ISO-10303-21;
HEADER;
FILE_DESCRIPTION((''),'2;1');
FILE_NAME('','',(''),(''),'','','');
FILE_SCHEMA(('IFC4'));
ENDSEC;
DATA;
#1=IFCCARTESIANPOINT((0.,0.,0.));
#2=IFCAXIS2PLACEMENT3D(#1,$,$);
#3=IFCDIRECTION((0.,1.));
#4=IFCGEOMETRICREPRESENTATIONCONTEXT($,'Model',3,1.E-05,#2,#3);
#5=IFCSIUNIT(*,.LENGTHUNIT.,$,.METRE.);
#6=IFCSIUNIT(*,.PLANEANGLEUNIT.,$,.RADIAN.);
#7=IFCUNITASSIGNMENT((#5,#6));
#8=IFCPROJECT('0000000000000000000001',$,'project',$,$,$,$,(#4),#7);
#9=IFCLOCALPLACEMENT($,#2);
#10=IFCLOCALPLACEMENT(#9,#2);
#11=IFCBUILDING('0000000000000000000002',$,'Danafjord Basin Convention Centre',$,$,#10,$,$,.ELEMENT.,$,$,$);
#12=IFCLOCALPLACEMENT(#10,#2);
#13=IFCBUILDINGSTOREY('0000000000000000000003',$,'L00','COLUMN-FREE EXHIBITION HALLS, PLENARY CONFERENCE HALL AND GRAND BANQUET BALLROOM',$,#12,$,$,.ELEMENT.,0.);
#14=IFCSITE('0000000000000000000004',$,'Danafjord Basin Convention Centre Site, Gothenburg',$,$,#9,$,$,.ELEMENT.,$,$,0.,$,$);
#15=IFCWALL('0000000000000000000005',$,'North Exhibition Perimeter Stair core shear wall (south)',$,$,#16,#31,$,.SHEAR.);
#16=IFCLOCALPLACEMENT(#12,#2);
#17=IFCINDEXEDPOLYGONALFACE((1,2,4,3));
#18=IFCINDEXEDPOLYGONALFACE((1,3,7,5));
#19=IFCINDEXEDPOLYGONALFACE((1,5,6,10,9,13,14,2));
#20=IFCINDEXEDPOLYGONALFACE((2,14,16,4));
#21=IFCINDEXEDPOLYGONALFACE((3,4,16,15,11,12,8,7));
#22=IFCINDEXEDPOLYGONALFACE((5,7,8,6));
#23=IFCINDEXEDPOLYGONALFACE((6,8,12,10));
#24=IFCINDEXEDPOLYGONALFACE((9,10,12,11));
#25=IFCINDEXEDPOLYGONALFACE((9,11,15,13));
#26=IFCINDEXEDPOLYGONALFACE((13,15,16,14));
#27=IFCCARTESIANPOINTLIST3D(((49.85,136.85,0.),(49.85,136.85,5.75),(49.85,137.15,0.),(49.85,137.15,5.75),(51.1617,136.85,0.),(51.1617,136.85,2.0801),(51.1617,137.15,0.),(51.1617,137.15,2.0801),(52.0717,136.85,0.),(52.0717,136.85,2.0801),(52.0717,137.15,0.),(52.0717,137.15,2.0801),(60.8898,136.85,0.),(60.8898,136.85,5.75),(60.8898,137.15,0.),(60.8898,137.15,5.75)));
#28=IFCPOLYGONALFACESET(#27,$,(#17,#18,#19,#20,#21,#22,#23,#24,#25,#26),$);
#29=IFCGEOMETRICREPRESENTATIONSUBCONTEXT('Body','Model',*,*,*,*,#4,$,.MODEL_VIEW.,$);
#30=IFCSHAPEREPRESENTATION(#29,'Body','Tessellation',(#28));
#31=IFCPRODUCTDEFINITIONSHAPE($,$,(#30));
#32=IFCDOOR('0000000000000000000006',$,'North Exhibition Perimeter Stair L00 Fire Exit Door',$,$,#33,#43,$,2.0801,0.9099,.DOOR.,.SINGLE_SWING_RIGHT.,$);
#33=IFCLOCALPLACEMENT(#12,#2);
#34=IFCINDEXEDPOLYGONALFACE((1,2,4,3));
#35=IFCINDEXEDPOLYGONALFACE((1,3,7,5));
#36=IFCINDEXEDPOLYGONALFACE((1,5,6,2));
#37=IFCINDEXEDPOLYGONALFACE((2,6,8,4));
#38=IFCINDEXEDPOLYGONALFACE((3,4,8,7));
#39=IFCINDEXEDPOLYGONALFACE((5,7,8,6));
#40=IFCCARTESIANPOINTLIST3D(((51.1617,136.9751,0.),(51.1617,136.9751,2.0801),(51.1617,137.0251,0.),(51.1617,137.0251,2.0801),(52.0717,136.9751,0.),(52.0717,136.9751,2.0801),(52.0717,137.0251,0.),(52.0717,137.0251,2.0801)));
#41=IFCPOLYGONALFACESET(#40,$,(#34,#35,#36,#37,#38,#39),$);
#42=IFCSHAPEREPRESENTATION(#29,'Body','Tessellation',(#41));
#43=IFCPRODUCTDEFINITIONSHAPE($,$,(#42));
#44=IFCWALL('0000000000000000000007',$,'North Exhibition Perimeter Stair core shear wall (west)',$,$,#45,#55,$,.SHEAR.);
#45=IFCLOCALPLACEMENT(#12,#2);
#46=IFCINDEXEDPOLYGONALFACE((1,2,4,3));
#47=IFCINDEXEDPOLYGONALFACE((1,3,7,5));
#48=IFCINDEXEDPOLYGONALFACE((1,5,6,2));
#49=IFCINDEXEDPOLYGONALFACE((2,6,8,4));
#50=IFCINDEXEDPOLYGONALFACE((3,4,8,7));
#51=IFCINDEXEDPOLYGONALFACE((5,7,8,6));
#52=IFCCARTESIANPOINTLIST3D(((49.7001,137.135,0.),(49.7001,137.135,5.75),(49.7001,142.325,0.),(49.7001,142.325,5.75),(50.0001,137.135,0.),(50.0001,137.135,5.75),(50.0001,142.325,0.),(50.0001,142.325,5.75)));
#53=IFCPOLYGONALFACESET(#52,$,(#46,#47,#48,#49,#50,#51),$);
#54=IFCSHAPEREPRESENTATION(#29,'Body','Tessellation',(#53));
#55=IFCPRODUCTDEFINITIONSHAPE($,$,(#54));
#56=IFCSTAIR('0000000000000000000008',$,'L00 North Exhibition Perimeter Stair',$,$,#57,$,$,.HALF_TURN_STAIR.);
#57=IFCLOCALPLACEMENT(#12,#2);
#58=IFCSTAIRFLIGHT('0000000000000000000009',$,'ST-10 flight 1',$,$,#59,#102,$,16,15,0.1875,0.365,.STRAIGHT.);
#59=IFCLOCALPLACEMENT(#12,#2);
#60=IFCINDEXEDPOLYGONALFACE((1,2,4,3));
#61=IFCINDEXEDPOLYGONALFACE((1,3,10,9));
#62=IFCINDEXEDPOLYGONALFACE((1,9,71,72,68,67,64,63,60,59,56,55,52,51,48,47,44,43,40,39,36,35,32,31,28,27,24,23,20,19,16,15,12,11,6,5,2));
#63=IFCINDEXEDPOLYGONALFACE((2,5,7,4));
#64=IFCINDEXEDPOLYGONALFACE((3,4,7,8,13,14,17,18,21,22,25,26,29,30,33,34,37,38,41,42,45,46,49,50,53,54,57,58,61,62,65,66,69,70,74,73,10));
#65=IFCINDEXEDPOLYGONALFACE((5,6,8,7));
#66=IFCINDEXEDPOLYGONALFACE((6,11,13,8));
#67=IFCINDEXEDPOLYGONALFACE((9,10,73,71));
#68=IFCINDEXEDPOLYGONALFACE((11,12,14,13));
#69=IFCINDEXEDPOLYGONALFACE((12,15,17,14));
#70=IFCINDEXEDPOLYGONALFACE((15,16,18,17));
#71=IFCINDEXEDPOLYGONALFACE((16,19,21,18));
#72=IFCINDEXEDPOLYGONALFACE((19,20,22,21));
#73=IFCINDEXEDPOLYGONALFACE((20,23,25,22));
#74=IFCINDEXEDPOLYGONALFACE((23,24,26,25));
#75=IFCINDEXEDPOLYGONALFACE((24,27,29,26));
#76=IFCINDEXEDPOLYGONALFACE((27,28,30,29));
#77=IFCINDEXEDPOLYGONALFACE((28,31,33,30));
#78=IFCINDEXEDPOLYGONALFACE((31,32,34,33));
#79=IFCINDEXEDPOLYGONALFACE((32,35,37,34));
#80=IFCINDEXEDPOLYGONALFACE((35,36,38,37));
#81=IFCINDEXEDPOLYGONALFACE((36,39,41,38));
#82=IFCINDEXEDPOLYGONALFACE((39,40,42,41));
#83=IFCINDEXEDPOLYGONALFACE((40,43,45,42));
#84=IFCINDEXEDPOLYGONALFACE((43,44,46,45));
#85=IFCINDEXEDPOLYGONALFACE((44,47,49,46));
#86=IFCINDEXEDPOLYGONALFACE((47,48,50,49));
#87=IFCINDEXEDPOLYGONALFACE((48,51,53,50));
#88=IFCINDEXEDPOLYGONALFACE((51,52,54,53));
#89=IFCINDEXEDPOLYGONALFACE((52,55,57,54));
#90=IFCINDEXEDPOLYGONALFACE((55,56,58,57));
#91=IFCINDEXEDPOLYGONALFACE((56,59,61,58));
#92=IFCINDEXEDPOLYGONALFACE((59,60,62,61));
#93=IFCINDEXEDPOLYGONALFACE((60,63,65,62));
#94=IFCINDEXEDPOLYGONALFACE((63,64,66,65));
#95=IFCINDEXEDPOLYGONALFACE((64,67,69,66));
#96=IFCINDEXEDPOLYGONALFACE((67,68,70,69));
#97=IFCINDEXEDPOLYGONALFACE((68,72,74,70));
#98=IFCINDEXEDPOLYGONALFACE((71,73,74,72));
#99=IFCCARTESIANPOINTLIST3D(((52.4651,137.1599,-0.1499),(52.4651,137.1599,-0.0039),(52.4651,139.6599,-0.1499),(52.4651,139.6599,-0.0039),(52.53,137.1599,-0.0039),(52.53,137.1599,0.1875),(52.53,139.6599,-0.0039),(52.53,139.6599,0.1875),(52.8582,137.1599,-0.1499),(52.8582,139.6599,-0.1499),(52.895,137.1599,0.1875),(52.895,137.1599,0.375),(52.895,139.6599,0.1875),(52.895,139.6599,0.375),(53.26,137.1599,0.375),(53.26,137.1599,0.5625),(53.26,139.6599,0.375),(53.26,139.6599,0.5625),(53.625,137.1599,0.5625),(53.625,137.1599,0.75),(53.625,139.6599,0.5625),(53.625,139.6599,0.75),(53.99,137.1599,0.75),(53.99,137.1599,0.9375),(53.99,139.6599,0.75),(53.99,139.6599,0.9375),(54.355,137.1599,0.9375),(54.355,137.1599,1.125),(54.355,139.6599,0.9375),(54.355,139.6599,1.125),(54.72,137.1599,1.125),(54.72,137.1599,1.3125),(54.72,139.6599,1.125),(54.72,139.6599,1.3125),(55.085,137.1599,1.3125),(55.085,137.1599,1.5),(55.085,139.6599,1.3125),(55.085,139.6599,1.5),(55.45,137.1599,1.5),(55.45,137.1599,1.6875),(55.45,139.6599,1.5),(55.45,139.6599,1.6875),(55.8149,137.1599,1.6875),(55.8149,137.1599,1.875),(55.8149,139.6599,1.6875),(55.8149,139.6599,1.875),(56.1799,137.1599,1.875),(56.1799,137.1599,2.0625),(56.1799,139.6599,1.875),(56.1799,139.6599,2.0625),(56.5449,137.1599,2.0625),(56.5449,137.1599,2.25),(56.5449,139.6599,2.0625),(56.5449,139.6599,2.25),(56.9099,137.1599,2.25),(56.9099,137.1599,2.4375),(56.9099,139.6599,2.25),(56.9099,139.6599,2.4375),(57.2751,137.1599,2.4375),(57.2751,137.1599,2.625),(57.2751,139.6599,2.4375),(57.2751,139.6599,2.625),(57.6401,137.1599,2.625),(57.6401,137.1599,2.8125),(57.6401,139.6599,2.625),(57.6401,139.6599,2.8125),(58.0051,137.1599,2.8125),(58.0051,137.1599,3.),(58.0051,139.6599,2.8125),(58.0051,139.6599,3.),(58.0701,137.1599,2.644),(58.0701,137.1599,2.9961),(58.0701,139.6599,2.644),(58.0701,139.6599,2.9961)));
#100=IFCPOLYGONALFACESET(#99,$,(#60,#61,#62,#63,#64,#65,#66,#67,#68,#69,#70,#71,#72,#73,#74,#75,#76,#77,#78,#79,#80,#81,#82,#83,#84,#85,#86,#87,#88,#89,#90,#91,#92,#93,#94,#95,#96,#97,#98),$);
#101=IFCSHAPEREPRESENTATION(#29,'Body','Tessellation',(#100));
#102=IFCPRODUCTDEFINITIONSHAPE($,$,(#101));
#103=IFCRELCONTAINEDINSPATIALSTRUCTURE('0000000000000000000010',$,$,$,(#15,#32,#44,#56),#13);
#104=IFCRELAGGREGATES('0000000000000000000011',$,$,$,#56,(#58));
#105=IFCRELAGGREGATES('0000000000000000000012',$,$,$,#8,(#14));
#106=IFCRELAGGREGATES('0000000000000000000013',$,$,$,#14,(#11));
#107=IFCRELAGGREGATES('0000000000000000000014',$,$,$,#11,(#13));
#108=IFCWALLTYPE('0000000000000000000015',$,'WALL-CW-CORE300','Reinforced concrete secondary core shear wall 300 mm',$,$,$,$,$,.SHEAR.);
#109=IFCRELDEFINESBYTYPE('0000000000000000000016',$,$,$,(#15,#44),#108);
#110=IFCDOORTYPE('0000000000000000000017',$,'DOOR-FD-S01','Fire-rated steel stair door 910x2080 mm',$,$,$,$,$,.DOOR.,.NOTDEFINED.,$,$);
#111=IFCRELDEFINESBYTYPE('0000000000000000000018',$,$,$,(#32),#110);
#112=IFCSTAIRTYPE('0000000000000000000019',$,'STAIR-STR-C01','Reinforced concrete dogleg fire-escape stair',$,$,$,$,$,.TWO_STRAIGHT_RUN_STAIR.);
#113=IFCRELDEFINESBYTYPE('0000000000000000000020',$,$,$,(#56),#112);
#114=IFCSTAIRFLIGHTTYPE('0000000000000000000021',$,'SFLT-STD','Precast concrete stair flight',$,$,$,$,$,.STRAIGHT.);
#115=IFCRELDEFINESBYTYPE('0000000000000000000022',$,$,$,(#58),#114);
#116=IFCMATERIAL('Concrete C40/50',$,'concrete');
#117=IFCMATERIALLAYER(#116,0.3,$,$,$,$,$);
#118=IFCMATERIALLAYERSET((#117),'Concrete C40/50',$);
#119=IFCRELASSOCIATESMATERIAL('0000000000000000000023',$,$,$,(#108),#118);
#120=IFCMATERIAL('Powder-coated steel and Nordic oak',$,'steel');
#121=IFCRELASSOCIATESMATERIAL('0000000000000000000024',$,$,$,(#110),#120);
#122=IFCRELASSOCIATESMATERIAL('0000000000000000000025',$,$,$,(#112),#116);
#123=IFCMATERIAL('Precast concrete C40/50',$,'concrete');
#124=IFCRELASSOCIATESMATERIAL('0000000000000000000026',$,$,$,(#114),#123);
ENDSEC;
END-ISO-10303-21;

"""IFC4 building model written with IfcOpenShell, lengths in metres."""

from ifc_helpers import new_model, si_unit, direction, frame, frame_2d, origin, place, context, subcontext, project, spatial, polyline, rectangle, outline, extrude, material, layer, layer_set, type_object, element, fill, aggregate, save


model = new_model("IFC4")

# Units and contexts
model_context = context("Model", 3, precision=1e-05, world=origin(), true_north=direction((0.0, 1.0)))
body_context = subcontext(model_context, "Body", "Model", "MODEL_VIEW")
ifc_project = project(units=[si_unit("LENGTHUNIT", "METRE"), si_unit("PLANEANGLEUNIT", "RADIAN")], contexts=[model_context])

# Site, building, storey
site_placement = place(None, origin())
site = spatial("IfcSite", under=ifc_project, at=site_placement, Name="Danafjord Basin Convention Centre Site, Gothenburg", CompositionType="ELEMENT", RefElevation=0.0)
building_placement = place(site_placement, origin())
building = spatial("IfcBuilding", under=site, at=building_placement, Name="Danafjord Basin Convention Centre", CompositionType="ELEMENT")
storey_placement = place(building_placement, origin())
storey = spatial("IfcBuildingStorey", under=building, at=storey_placement, Name="L00", Description="COLUMN-FREE EXHIBITION HALLS, PLENARY CONFERENCE HALL AND GRAND BANQUET BALLROOM", CompositionType="ELEMENT", Elevation=0.0)

# Wall, opening, door
ifc_material_1 = material(Name="Concrete C40/50", Category="concrete")
ifc_layer = layer(ifc_material_1, 0.3)
ifc_layer_set = layer_set([ifc_layer], Name="Concrete C40/50")
wall_type = type_object("IfcWallType", Name="WALL-CW-CORE300", Description="Reinforced concrete secondary core shear wall 300 mm", PredefinedType="SHEAR", material=ifc_layer_set)
wall_1_placement = place(storey_placement, frame((60.8899, 137.0, 0.0), z_axis=(0.0, 0.0, 1.0), x_axis=(-1.0, 0.0, 0.0)))
wall_1 = element("IfcWall", 1, at=wall_1_placement, inside=storey, type_object=wall_type, Name="North Exhibition Perimeter Stair core shear wall (south)", PredefinedType="SHEAR", context=body_context, shape_type="SweptSolid", body=[
    extrude(rectangle(XDim=11.0398, YDim=0.3, at=frame_2d((5.52, 0.0))), origin(), (0.0, 0.0, 1.0), 5.75),
])
opening_placement = place(wall_1_placement, frame((8.8181, 0.0, 0.0)))
opening = element("IfcOpeningElement", 2, at=opening_placement, cuts=wall_1, PredefinedType="OPENING", context=body_context, shape_type="SweptSolid", body=[
    extrude(rectangle(XDim=0.9099, YDim=2.0801, at=frame_2d((0.4551, 1.04))), frame((0.0, 0.1599, 0.0), z_axis=(0.0, -1.0, 0.0), x_axis=(1.0, 0.0, 0.0)), (0.0, 0.0, 1.0), 0.3201),
])
ifc_material_2 = material(Name="Powder-coated steel and Nordic oak", Category="steel")
door_type = type_object("IfcDoorType", Name="DOOR-FD-S01", Description="Fire-rated steel stair door 910x2080 mm", OperationType="NOTDEFINED", PredefinedType="DOOR", material=ifc_material_2)
door_placement = place(opening_placement, origin())
door = element("IfcDoor", 3, at=door_placement, inside=storey, type_object=door_type, Name="North Exhibition Perimeter Stair L00 Fire Exit Door", OperationType="SINGLE_SWING_RIGHT", OverallHeight=2.0801, OverallWidth=0.9099, PredefinedType="DOOR", context=body_context, shape_type="SweptSolid", body=[
    extrude(rectangle(XDim=0.9099, YDim=2.0801, at=frame_2d((0.4551, 1.04))), frame((0.0, 0.0249, 0.0), z_axis=(0.0, -1.0, 0.0), x_axis=(1.0, 0.0, 0.0)), (0.0, 0.0, 1.0), 0.05),
])
fill(opening, door)

# Wall
wall_2_placement = place(storey_placement, frame((49.8501, 137.135, 0.0), z_axis=(0.0, 0.0, 1.0), x_axis=(0.0, 1.0, 0.0)))
element("IfcWall", 4, at=wall_2_placement, inside=storey, type_object=wall_type, Name="North Exhibition Perimeter Stair core shear wall (west)", PredefinedType="SHEAR", context=body_context, shape_type="SweptSolid", body=[
    extrude(rectangle(XDim=5.1899, YDim=0.3, at=frame_2d((2.595, 0.0))), origin(), (0.0, 0.0, 1.0), 5.75),
])

# Stair, stair flight
stair_type = type_object("IfcStairType", Name="STAIR-STR-C01", Description="Reinforced concrete dogleg fire-escape stair", PredefinedType="TWO_STRAIGHT_RUN_STAIR", material=ifc_material_1)
stair_placement = place(storey_placement, origin())
stair = element("IfcStair", 5, at=stair_placement, inside=storey, type_object=stair_type, Name="L00 North Exhibition Perimeter Stair", PredefinedType="HALF_TURN_STAIR")
ifc_material_3 = material(Name="Precast concrete C40/50", Category="concrete")
stair_flight_type = type_object("IfcStairFlightType", Name="SFLT-STD", Description="Precast concrete stair flight", PredefinedType="STRAIGHT", material=ifc_material_3)
stair_flight_placement = place(storey_placement, frame((52.53, 138.4099, 0.0), z_axis=(0.0, 0.0, 1.0), x_axis=(1.0, 0.0, 0.0)))
stair_flight = element("IfcStairFlight", 6, at=stair_flight_placement, type_object=stair_flight_type, Name="ST-10 flight 1", NumberOfRisers=16, NumberOfTreads=15, PredefinedType="STRAIGHT", RiserHeight=0.1875, TreadLength=0.365, context=body_context, shape_type="SweptSolid", body=[
    extrude(outline(polyline([(-0.0649, -0.1499), (-0.0649, -0.0039), (0.0, -0.0039), (0.0, 0.1875), (0.365, 0.1875), (0.365, 0.375), (0.73, 0.375), (0.73, 0.5625), (1.095, 0.5625), (1.095, 0.75), (1.46, 0.75), (1.46, 0.9375), (1.825, 0.9375), (1.825, 1.125), (2.1899, 1.125), (2.1899, 1.3125), (2.5549, 1.3125), (2.5549, 1.5), (2.9199, 1.5), (2.9199, 1.6875), (3.2849, 1.6875), (3.2849, 1.875), (3.6499, 1.875), (3.6499, 2.0625), (4.0149, 2.0625), (4.0149, 2.25), (4.3799, 2.25), (4.3799, 2.4375), (4.7451, 2.4375), (4.7451, 2.625), (5.1101, 2.625), (5.1101, 2.8125), (5.4751, 2.8125), (5.4751, 3.0), (5.54, 2.9961), (5.54, 2.644), (0.3281, -0.1499), (-0.0649, -0.1499)])), frame((0.0, 1.25, 0.0), z_axis=(0.0, -1.0, 0.0), x_axis=(1.0, 0.0, 0.0)), (0.0, 0.0, 1.0), 2.5),
])
aggregate(stair, [stair_flight])

save(model, "model.ifc")
